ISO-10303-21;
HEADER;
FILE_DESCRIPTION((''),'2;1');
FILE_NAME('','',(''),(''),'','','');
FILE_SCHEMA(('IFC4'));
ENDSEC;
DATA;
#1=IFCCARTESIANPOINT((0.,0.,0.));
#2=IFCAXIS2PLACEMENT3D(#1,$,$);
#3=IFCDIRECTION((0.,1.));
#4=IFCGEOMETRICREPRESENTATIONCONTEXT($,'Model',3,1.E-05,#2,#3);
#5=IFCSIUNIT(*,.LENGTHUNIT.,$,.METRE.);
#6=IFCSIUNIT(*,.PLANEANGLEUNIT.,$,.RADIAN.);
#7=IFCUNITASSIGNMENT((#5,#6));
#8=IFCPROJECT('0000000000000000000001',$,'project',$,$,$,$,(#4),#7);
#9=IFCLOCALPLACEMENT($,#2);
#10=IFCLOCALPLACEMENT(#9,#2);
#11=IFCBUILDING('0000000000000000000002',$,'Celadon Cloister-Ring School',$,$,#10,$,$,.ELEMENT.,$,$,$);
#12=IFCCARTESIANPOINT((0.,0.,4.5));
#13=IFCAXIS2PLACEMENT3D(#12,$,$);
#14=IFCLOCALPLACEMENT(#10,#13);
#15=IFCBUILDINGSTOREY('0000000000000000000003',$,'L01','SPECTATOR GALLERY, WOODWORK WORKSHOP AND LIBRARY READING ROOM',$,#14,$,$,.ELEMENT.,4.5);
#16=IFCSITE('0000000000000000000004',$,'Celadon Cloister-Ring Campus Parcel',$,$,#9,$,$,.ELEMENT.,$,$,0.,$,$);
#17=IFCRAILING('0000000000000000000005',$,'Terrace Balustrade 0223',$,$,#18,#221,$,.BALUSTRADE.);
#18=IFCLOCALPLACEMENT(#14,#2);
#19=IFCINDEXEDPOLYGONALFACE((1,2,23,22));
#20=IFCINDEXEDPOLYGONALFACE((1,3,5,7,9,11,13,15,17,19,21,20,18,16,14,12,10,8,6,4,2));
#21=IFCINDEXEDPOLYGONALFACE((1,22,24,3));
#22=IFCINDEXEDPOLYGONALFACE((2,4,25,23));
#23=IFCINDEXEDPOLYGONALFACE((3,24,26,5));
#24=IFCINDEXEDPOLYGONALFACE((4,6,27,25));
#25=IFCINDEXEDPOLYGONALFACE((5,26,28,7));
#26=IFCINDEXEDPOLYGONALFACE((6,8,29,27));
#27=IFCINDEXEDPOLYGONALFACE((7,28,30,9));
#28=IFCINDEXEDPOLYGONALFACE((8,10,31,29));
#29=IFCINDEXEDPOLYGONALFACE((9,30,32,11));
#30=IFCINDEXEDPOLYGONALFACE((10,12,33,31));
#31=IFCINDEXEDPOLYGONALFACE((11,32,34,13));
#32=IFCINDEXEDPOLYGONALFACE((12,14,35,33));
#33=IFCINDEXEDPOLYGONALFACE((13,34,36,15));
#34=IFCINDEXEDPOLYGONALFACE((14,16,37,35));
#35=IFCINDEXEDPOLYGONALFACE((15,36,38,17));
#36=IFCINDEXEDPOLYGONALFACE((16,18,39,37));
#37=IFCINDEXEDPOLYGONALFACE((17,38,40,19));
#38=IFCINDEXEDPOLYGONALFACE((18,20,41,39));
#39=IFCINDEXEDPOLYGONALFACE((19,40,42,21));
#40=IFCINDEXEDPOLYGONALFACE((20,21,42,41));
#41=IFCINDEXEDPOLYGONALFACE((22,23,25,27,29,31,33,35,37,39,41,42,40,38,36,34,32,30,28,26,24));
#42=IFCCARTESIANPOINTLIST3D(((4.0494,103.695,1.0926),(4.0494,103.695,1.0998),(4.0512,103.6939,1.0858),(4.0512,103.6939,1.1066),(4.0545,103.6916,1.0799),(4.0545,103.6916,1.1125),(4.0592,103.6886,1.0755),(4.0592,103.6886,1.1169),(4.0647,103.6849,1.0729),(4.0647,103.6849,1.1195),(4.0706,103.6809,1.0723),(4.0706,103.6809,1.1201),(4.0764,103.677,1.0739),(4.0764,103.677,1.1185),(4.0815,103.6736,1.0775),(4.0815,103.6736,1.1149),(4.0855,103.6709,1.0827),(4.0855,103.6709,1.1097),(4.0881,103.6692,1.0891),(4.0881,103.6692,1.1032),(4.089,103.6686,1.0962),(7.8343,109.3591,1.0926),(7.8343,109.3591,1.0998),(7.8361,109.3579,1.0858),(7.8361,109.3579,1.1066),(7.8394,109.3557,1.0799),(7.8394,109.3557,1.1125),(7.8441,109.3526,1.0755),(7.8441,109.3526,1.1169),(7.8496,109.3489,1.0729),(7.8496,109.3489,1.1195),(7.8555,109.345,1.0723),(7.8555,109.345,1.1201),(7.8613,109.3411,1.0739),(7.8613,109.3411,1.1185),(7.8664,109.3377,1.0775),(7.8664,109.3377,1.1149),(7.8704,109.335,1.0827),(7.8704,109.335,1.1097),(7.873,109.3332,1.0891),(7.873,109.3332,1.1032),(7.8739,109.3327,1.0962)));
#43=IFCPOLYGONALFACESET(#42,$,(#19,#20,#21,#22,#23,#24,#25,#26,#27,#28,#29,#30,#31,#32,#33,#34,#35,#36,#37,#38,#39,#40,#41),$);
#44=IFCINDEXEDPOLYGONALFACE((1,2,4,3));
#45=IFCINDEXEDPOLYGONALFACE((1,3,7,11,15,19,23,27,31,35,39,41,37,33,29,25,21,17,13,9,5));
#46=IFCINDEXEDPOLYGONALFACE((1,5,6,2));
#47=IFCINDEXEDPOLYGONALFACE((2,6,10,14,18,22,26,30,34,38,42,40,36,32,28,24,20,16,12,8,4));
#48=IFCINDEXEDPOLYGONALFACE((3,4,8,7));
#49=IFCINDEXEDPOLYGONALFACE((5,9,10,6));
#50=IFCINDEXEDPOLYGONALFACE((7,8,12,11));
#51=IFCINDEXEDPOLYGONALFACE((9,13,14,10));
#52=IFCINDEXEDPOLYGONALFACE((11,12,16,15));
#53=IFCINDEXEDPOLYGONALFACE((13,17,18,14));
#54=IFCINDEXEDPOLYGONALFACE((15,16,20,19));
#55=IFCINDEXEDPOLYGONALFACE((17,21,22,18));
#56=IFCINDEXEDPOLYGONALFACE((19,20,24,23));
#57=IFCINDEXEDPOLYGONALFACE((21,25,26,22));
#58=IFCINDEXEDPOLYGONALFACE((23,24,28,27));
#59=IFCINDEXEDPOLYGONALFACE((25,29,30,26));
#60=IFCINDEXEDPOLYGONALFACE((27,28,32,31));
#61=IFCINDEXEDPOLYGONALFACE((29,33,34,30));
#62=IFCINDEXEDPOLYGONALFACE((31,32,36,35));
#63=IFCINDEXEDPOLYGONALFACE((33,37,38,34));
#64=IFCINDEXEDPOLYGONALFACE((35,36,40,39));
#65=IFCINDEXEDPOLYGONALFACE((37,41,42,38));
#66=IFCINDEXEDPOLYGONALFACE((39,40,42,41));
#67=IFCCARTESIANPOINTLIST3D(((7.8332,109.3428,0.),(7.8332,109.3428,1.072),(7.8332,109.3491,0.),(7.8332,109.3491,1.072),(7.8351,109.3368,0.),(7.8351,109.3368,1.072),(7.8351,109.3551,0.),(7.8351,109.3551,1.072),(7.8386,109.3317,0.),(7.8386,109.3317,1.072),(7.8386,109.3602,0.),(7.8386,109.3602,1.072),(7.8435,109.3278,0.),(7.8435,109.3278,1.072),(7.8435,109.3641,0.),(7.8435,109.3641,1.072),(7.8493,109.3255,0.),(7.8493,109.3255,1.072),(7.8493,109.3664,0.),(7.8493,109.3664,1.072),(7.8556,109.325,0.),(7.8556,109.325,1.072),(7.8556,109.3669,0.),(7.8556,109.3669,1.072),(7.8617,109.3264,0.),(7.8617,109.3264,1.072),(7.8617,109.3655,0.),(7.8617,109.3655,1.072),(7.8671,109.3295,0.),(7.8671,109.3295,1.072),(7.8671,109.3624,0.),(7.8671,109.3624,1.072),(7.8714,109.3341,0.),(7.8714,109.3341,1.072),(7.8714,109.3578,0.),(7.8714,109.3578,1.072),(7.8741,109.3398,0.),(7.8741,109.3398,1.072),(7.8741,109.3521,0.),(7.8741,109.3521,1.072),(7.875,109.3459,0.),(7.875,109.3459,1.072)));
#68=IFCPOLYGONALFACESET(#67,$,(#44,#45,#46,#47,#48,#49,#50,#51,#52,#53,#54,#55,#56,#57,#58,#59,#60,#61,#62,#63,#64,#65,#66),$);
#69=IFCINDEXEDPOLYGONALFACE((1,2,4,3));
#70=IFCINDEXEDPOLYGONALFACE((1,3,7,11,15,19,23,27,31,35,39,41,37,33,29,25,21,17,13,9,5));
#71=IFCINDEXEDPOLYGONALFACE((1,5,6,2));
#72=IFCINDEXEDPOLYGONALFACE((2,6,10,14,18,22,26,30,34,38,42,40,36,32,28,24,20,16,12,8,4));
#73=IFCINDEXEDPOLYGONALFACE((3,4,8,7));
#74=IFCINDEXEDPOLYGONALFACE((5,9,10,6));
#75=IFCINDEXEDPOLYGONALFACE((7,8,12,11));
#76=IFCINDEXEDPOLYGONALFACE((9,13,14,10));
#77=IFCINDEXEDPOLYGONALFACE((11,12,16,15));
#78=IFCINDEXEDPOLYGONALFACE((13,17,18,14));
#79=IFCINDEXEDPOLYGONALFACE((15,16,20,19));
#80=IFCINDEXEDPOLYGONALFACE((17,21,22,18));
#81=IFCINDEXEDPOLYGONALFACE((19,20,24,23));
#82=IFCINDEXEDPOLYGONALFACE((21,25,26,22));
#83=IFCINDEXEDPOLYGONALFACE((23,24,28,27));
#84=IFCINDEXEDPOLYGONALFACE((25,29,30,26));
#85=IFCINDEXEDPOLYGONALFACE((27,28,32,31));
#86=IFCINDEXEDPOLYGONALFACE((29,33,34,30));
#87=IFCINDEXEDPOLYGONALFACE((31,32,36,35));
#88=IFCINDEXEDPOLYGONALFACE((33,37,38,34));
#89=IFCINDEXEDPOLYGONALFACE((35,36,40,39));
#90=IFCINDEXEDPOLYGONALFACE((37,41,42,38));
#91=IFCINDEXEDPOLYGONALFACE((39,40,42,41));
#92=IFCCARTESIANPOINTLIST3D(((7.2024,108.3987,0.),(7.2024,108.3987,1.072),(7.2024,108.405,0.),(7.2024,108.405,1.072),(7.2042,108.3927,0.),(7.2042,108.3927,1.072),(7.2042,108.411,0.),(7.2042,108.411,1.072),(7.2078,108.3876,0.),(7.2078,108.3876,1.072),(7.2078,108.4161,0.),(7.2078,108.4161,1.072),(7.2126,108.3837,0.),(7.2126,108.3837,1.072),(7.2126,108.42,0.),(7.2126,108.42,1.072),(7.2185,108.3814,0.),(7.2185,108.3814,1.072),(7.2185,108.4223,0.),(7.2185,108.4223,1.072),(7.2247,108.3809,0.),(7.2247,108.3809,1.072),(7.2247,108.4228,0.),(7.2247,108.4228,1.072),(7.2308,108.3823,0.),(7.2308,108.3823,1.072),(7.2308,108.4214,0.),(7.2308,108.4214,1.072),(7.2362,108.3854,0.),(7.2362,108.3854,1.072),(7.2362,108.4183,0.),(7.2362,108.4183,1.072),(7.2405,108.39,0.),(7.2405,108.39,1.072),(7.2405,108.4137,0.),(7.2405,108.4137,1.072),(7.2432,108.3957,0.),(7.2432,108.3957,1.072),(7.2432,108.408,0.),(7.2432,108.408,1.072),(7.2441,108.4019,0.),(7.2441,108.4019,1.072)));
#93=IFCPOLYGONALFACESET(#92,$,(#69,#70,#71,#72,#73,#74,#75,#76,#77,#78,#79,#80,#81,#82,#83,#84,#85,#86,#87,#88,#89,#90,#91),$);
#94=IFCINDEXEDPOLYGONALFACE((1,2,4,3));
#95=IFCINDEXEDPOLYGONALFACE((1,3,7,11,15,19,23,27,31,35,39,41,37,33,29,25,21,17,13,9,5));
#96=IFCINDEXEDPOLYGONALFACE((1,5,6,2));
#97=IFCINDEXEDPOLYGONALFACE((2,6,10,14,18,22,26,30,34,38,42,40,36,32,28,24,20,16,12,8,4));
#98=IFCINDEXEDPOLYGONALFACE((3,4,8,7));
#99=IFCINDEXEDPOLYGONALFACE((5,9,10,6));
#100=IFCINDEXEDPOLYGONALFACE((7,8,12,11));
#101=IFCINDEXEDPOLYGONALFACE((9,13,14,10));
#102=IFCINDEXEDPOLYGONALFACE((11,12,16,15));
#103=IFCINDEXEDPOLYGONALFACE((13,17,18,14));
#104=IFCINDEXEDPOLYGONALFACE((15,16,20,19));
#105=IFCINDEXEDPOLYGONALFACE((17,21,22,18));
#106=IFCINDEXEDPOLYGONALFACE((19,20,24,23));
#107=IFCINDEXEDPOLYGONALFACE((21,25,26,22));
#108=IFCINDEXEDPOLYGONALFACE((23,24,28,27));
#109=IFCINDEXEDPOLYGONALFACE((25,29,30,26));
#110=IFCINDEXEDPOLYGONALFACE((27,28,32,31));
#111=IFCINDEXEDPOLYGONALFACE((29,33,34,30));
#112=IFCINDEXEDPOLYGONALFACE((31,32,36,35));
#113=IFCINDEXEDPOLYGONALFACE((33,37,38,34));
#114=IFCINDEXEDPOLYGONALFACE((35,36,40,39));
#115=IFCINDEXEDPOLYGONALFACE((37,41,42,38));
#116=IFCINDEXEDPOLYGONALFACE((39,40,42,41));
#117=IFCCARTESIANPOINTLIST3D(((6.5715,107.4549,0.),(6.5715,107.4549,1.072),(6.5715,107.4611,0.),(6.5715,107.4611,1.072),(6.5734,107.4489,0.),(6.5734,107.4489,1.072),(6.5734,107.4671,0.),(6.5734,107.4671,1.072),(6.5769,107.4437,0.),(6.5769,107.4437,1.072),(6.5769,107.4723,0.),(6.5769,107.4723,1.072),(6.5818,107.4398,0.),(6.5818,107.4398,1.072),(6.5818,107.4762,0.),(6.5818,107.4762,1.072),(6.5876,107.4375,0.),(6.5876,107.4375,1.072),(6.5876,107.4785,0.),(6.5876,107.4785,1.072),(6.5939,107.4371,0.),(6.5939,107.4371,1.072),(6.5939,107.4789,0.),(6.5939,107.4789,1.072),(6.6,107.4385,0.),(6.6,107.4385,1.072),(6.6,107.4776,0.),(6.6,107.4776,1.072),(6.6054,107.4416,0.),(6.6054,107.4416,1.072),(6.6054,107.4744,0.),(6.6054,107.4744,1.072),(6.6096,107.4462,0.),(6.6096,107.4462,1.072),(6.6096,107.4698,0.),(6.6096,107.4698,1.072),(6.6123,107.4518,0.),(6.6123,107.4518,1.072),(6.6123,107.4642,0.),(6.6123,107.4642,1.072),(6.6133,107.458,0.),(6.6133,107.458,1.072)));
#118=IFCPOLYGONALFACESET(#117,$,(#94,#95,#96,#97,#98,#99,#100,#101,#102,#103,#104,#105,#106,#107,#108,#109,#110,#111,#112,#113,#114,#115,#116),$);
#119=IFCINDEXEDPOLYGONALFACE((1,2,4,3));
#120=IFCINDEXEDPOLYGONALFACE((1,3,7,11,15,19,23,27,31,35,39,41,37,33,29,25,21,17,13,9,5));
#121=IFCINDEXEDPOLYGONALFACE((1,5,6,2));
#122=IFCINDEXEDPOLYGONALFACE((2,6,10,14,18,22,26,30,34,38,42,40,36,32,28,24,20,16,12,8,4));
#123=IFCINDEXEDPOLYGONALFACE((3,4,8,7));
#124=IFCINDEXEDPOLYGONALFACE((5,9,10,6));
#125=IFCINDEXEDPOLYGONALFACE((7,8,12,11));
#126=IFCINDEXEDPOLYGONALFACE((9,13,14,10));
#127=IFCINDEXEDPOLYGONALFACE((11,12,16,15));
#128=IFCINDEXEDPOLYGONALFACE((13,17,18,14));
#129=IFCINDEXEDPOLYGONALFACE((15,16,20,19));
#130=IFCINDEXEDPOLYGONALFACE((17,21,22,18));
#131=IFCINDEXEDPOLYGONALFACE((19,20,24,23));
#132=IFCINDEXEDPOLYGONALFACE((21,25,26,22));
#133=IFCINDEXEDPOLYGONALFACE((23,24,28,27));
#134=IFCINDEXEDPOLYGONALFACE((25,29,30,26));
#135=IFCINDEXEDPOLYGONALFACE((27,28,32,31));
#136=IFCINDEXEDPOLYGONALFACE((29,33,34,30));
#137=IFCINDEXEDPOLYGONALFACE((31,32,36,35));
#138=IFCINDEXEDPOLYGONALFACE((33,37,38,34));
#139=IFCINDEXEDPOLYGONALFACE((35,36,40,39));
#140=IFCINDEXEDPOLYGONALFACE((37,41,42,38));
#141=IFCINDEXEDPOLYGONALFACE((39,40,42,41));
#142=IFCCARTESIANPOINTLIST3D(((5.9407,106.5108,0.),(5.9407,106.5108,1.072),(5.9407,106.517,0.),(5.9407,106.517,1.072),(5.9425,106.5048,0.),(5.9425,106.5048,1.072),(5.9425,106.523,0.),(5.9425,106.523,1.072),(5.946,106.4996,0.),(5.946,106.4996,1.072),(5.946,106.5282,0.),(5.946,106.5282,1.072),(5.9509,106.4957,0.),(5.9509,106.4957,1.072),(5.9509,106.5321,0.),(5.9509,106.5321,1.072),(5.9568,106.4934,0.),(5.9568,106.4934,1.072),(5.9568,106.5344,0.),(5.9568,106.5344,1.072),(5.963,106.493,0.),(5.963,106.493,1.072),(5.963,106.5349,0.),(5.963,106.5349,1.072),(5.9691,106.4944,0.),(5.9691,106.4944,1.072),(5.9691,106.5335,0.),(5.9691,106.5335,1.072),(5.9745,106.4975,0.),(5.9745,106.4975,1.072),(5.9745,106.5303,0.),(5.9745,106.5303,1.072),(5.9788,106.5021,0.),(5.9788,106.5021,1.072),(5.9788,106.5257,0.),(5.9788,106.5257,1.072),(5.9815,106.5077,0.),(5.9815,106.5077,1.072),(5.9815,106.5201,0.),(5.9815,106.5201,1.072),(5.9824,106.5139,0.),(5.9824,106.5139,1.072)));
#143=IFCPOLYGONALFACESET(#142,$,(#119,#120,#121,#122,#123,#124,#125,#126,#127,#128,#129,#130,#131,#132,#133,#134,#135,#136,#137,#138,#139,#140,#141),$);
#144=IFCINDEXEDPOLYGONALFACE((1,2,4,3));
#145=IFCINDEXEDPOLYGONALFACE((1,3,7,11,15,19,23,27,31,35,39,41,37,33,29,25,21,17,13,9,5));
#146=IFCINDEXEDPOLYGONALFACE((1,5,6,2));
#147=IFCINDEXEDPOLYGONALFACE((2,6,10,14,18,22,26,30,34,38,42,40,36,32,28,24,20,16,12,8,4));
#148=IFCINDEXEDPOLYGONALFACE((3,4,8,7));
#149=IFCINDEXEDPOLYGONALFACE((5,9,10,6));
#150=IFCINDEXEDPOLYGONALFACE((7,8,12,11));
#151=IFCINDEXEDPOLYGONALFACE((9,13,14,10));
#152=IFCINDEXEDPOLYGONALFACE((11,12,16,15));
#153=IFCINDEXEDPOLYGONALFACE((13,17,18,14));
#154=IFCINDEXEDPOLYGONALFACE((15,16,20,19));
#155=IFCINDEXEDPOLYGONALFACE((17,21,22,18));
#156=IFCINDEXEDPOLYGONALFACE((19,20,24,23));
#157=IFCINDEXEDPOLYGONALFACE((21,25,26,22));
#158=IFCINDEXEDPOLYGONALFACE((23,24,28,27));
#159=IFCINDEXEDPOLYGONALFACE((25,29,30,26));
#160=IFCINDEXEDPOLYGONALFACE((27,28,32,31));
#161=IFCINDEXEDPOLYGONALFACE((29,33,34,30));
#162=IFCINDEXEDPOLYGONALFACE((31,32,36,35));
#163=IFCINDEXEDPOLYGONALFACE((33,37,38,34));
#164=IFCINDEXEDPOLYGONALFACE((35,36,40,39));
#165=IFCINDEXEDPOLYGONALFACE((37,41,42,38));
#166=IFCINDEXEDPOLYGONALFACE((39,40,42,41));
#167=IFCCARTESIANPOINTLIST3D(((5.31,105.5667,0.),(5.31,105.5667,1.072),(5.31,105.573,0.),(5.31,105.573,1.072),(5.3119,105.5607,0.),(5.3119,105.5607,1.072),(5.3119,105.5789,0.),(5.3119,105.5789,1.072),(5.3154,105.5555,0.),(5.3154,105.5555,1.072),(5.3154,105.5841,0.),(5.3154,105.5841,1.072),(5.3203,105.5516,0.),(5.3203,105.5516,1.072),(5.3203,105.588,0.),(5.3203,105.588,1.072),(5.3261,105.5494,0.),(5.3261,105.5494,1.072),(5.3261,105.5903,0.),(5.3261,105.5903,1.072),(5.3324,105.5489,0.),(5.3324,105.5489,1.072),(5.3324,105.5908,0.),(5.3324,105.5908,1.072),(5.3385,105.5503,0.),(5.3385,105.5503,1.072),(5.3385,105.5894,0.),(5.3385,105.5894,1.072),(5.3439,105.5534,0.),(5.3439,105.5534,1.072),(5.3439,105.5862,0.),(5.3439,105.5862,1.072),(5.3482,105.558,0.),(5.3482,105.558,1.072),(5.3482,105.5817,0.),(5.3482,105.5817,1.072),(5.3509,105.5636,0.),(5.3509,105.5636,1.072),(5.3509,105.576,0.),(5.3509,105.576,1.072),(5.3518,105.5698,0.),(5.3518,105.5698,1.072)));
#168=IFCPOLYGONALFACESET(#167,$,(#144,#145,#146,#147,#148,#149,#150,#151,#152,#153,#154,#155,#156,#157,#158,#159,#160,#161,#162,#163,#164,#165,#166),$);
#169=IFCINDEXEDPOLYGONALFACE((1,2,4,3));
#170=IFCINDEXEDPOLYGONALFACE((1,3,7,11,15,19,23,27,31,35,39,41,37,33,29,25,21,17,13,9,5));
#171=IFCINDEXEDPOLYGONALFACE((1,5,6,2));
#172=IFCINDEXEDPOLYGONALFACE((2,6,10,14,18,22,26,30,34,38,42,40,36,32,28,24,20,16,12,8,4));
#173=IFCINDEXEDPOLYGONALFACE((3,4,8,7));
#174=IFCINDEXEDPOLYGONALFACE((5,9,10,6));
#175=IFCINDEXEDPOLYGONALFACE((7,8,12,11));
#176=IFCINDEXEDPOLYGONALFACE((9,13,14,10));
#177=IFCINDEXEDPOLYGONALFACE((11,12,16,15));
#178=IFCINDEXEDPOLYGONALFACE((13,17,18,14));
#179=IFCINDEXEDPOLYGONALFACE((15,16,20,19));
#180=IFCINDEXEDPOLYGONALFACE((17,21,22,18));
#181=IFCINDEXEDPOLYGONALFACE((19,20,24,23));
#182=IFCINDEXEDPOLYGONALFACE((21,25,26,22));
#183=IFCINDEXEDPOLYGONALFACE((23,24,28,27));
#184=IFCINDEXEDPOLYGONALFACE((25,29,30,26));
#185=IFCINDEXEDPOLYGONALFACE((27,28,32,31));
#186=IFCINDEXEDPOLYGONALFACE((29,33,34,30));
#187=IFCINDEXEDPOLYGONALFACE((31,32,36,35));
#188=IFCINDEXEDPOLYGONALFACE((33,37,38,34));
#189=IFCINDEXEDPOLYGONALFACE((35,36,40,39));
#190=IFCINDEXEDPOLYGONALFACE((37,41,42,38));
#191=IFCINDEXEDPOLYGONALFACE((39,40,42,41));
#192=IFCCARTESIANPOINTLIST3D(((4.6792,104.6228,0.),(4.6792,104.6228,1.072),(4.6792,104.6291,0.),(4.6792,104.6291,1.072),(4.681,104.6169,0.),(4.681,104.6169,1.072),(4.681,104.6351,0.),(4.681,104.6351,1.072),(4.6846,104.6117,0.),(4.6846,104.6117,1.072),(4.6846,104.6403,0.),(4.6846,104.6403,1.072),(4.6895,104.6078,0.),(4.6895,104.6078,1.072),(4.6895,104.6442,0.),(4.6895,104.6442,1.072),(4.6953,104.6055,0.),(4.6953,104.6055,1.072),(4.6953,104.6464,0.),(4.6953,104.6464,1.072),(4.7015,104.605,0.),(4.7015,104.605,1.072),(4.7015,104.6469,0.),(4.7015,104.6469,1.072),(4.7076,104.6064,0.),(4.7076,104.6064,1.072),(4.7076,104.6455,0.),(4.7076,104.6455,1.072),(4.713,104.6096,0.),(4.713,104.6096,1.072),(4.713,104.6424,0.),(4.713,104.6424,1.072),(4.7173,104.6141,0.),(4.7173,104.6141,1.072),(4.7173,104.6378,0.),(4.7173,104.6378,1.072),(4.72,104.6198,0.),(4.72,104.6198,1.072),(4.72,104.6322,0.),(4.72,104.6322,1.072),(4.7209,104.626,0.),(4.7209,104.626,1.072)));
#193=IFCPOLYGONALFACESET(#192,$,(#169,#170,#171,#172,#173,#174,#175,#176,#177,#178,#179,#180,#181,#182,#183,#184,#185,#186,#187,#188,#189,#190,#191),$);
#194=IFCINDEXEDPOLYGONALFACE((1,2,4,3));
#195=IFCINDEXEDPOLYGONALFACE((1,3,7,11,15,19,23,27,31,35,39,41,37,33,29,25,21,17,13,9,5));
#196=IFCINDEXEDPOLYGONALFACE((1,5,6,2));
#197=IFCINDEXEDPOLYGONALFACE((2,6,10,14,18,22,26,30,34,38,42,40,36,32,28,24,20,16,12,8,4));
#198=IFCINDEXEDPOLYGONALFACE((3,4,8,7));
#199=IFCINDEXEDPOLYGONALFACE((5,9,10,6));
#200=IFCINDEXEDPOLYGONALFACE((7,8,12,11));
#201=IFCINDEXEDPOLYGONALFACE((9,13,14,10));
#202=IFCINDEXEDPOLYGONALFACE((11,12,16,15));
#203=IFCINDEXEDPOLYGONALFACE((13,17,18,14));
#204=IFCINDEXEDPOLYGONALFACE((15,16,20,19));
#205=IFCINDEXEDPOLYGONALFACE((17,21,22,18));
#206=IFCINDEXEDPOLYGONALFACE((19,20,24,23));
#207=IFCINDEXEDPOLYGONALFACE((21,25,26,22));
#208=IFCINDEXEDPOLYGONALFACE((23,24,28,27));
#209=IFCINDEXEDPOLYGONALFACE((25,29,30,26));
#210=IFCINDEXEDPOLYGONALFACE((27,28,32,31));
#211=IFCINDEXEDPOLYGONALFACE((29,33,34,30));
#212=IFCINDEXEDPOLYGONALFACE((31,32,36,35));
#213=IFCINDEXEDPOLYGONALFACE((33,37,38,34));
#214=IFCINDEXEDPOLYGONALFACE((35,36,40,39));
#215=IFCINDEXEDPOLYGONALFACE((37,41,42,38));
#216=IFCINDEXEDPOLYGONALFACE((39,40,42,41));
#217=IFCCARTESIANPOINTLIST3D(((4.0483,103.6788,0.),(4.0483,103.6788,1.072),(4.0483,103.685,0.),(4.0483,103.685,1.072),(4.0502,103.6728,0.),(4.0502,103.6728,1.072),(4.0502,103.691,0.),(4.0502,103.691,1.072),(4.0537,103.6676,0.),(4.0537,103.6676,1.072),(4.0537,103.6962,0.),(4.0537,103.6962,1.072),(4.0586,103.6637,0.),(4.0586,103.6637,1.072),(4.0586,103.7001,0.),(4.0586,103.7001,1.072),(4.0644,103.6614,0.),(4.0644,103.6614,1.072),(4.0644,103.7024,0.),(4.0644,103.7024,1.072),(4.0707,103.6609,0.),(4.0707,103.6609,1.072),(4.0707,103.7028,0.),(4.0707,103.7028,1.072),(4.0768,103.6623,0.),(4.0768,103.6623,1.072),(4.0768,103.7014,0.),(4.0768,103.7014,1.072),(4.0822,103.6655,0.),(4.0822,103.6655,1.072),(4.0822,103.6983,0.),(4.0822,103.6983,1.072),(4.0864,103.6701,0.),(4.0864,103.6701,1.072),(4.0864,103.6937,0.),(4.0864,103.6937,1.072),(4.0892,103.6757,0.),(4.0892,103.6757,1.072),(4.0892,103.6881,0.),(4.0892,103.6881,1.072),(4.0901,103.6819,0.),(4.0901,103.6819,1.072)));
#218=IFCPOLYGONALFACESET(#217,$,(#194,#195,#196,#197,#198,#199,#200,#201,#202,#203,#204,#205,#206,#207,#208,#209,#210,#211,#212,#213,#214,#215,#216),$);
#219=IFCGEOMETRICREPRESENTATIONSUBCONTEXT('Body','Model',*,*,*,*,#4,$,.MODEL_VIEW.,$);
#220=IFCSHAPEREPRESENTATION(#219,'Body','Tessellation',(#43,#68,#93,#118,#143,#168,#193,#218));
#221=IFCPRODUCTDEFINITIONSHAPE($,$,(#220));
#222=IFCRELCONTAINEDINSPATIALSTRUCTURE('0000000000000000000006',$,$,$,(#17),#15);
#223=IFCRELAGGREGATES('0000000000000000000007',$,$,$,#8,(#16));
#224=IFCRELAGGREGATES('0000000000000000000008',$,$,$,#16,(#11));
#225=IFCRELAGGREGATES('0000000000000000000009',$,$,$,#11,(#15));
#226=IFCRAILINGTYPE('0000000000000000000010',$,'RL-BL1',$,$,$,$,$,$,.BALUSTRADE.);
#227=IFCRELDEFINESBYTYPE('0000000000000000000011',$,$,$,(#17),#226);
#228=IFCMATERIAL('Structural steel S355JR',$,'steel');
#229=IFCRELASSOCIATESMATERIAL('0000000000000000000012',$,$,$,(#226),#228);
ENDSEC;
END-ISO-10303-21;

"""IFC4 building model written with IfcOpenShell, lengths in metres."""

from ifc_helpers import new_model, si_unit, direction, frame, origin, origin_2d, place, context, subcontext, project, spatial, circle, extrude, material, type_object, element, save


model = new_model("IFC4")

# Units and contexts
model_context = context("Model", 3, precision=1e-05, world=origin(), true_north=direction((0.0, 1.0)))
body_context = subcontext(model_context, "Body", "Model", "MODEL_VIEW")
ifc_project = project(units=[si_unit("LENGTHUNIT", "METRE"), si_unit("PLANEANGLEUNIT", "RADIAN")], contexts=[model_context])

# Site, building, storey
site_placement = place(None, origin())
site = spatial("IfcSite", under=ifc_project, at=site_placement, Name="Celadon Cloister-Ring Campus Parcel", CompositionType="ELEMENT", RefElevation=0.0)
building_placement = place(site_placement, origin())
building = spatial("IfcBuilding", under=site, at=building_placement, Name="Celadon Cloister-Ring School", CompositionType="ELEMENT")
storey_placement = place(building_placement, frame((0.0, 0.0, 4.5)))
storey = spatial("IfcBuildingStorey", under=building, at=storey_placement, Name="L01", Description="SPECTATOR GALLERY, WOODWORK WORKSHOP AND LIBRARY READING ROOM", CompositionType="ELEMENT", Elevation=4.5)

# Railing
ifc_material_1 = material(Name="Structural steel S355JR", Category="steel")
railing_type = type_object("IfcRailingType", Name="RL-BL1", PredefinedType="BALUSTRADE", material=ifc_material_1)
railing_1_placement = place(storey_placement, frame((7.854, 109.3459, 0.0)))
element("IfcRailing", 1, at=railing_1_placement, inside=storey, type_object=railing_type, Name="Terrace Balustrade 0223", PredefinedType="BALUSTRADE", context=body_context, shape_type="SweptSolid", body=[
    extrude(circle(Radius=0.0239, at=origin_2d()), frame((0.0, 0.0, 1.0962), z_axis=(-0.555601, -0.831449, 0.0), x_axis=(0.831449, -0.555601, 0.0)), (0.0, 0.0, 1.0), 6.8123),
    extrude(circle(Radius=0.021, at=origin_2d()), origin(), (0.0, 0.0, 1.0), 1.072),
    extrude(circle(Radius=0.021, at=origin_2d()), frame((-0.6309, -0.9441, 0.0)), (0.0, 0.0, 1.0), 1.072),
    extrude(circle(Radius=0.021, at=origin_2d()), frame((-1.2617, -1.8879, 0.0)), (0.0, 0.0, 1.0), 1.072),
    extrude(circle(Radius=0.021, at=origin_2d()), frame((-1.8926, -2.832, 0.0)), (0.0, 0.0, 1.0), 1.072),
    extrude(circle(Radius=0.021, at=origin_2d()), frame((-2.5232, -3.7761, 0.0)), (0.0, 0.0, 1.0), 1.072),
    extrude(circle(Radius=0.021, at=origin_2d()), frame((-3.1541, -4.72, 0.0)), (0.0, 0.0, 1.0), 1.072),
    extrude(circle(Radius=0.021, at=origin_2d()), frame((-3.7849, -5.6641, 0.0)), (0.0, 0.0, 1.0), 1.072),
])

save(model, "model.ifc")
